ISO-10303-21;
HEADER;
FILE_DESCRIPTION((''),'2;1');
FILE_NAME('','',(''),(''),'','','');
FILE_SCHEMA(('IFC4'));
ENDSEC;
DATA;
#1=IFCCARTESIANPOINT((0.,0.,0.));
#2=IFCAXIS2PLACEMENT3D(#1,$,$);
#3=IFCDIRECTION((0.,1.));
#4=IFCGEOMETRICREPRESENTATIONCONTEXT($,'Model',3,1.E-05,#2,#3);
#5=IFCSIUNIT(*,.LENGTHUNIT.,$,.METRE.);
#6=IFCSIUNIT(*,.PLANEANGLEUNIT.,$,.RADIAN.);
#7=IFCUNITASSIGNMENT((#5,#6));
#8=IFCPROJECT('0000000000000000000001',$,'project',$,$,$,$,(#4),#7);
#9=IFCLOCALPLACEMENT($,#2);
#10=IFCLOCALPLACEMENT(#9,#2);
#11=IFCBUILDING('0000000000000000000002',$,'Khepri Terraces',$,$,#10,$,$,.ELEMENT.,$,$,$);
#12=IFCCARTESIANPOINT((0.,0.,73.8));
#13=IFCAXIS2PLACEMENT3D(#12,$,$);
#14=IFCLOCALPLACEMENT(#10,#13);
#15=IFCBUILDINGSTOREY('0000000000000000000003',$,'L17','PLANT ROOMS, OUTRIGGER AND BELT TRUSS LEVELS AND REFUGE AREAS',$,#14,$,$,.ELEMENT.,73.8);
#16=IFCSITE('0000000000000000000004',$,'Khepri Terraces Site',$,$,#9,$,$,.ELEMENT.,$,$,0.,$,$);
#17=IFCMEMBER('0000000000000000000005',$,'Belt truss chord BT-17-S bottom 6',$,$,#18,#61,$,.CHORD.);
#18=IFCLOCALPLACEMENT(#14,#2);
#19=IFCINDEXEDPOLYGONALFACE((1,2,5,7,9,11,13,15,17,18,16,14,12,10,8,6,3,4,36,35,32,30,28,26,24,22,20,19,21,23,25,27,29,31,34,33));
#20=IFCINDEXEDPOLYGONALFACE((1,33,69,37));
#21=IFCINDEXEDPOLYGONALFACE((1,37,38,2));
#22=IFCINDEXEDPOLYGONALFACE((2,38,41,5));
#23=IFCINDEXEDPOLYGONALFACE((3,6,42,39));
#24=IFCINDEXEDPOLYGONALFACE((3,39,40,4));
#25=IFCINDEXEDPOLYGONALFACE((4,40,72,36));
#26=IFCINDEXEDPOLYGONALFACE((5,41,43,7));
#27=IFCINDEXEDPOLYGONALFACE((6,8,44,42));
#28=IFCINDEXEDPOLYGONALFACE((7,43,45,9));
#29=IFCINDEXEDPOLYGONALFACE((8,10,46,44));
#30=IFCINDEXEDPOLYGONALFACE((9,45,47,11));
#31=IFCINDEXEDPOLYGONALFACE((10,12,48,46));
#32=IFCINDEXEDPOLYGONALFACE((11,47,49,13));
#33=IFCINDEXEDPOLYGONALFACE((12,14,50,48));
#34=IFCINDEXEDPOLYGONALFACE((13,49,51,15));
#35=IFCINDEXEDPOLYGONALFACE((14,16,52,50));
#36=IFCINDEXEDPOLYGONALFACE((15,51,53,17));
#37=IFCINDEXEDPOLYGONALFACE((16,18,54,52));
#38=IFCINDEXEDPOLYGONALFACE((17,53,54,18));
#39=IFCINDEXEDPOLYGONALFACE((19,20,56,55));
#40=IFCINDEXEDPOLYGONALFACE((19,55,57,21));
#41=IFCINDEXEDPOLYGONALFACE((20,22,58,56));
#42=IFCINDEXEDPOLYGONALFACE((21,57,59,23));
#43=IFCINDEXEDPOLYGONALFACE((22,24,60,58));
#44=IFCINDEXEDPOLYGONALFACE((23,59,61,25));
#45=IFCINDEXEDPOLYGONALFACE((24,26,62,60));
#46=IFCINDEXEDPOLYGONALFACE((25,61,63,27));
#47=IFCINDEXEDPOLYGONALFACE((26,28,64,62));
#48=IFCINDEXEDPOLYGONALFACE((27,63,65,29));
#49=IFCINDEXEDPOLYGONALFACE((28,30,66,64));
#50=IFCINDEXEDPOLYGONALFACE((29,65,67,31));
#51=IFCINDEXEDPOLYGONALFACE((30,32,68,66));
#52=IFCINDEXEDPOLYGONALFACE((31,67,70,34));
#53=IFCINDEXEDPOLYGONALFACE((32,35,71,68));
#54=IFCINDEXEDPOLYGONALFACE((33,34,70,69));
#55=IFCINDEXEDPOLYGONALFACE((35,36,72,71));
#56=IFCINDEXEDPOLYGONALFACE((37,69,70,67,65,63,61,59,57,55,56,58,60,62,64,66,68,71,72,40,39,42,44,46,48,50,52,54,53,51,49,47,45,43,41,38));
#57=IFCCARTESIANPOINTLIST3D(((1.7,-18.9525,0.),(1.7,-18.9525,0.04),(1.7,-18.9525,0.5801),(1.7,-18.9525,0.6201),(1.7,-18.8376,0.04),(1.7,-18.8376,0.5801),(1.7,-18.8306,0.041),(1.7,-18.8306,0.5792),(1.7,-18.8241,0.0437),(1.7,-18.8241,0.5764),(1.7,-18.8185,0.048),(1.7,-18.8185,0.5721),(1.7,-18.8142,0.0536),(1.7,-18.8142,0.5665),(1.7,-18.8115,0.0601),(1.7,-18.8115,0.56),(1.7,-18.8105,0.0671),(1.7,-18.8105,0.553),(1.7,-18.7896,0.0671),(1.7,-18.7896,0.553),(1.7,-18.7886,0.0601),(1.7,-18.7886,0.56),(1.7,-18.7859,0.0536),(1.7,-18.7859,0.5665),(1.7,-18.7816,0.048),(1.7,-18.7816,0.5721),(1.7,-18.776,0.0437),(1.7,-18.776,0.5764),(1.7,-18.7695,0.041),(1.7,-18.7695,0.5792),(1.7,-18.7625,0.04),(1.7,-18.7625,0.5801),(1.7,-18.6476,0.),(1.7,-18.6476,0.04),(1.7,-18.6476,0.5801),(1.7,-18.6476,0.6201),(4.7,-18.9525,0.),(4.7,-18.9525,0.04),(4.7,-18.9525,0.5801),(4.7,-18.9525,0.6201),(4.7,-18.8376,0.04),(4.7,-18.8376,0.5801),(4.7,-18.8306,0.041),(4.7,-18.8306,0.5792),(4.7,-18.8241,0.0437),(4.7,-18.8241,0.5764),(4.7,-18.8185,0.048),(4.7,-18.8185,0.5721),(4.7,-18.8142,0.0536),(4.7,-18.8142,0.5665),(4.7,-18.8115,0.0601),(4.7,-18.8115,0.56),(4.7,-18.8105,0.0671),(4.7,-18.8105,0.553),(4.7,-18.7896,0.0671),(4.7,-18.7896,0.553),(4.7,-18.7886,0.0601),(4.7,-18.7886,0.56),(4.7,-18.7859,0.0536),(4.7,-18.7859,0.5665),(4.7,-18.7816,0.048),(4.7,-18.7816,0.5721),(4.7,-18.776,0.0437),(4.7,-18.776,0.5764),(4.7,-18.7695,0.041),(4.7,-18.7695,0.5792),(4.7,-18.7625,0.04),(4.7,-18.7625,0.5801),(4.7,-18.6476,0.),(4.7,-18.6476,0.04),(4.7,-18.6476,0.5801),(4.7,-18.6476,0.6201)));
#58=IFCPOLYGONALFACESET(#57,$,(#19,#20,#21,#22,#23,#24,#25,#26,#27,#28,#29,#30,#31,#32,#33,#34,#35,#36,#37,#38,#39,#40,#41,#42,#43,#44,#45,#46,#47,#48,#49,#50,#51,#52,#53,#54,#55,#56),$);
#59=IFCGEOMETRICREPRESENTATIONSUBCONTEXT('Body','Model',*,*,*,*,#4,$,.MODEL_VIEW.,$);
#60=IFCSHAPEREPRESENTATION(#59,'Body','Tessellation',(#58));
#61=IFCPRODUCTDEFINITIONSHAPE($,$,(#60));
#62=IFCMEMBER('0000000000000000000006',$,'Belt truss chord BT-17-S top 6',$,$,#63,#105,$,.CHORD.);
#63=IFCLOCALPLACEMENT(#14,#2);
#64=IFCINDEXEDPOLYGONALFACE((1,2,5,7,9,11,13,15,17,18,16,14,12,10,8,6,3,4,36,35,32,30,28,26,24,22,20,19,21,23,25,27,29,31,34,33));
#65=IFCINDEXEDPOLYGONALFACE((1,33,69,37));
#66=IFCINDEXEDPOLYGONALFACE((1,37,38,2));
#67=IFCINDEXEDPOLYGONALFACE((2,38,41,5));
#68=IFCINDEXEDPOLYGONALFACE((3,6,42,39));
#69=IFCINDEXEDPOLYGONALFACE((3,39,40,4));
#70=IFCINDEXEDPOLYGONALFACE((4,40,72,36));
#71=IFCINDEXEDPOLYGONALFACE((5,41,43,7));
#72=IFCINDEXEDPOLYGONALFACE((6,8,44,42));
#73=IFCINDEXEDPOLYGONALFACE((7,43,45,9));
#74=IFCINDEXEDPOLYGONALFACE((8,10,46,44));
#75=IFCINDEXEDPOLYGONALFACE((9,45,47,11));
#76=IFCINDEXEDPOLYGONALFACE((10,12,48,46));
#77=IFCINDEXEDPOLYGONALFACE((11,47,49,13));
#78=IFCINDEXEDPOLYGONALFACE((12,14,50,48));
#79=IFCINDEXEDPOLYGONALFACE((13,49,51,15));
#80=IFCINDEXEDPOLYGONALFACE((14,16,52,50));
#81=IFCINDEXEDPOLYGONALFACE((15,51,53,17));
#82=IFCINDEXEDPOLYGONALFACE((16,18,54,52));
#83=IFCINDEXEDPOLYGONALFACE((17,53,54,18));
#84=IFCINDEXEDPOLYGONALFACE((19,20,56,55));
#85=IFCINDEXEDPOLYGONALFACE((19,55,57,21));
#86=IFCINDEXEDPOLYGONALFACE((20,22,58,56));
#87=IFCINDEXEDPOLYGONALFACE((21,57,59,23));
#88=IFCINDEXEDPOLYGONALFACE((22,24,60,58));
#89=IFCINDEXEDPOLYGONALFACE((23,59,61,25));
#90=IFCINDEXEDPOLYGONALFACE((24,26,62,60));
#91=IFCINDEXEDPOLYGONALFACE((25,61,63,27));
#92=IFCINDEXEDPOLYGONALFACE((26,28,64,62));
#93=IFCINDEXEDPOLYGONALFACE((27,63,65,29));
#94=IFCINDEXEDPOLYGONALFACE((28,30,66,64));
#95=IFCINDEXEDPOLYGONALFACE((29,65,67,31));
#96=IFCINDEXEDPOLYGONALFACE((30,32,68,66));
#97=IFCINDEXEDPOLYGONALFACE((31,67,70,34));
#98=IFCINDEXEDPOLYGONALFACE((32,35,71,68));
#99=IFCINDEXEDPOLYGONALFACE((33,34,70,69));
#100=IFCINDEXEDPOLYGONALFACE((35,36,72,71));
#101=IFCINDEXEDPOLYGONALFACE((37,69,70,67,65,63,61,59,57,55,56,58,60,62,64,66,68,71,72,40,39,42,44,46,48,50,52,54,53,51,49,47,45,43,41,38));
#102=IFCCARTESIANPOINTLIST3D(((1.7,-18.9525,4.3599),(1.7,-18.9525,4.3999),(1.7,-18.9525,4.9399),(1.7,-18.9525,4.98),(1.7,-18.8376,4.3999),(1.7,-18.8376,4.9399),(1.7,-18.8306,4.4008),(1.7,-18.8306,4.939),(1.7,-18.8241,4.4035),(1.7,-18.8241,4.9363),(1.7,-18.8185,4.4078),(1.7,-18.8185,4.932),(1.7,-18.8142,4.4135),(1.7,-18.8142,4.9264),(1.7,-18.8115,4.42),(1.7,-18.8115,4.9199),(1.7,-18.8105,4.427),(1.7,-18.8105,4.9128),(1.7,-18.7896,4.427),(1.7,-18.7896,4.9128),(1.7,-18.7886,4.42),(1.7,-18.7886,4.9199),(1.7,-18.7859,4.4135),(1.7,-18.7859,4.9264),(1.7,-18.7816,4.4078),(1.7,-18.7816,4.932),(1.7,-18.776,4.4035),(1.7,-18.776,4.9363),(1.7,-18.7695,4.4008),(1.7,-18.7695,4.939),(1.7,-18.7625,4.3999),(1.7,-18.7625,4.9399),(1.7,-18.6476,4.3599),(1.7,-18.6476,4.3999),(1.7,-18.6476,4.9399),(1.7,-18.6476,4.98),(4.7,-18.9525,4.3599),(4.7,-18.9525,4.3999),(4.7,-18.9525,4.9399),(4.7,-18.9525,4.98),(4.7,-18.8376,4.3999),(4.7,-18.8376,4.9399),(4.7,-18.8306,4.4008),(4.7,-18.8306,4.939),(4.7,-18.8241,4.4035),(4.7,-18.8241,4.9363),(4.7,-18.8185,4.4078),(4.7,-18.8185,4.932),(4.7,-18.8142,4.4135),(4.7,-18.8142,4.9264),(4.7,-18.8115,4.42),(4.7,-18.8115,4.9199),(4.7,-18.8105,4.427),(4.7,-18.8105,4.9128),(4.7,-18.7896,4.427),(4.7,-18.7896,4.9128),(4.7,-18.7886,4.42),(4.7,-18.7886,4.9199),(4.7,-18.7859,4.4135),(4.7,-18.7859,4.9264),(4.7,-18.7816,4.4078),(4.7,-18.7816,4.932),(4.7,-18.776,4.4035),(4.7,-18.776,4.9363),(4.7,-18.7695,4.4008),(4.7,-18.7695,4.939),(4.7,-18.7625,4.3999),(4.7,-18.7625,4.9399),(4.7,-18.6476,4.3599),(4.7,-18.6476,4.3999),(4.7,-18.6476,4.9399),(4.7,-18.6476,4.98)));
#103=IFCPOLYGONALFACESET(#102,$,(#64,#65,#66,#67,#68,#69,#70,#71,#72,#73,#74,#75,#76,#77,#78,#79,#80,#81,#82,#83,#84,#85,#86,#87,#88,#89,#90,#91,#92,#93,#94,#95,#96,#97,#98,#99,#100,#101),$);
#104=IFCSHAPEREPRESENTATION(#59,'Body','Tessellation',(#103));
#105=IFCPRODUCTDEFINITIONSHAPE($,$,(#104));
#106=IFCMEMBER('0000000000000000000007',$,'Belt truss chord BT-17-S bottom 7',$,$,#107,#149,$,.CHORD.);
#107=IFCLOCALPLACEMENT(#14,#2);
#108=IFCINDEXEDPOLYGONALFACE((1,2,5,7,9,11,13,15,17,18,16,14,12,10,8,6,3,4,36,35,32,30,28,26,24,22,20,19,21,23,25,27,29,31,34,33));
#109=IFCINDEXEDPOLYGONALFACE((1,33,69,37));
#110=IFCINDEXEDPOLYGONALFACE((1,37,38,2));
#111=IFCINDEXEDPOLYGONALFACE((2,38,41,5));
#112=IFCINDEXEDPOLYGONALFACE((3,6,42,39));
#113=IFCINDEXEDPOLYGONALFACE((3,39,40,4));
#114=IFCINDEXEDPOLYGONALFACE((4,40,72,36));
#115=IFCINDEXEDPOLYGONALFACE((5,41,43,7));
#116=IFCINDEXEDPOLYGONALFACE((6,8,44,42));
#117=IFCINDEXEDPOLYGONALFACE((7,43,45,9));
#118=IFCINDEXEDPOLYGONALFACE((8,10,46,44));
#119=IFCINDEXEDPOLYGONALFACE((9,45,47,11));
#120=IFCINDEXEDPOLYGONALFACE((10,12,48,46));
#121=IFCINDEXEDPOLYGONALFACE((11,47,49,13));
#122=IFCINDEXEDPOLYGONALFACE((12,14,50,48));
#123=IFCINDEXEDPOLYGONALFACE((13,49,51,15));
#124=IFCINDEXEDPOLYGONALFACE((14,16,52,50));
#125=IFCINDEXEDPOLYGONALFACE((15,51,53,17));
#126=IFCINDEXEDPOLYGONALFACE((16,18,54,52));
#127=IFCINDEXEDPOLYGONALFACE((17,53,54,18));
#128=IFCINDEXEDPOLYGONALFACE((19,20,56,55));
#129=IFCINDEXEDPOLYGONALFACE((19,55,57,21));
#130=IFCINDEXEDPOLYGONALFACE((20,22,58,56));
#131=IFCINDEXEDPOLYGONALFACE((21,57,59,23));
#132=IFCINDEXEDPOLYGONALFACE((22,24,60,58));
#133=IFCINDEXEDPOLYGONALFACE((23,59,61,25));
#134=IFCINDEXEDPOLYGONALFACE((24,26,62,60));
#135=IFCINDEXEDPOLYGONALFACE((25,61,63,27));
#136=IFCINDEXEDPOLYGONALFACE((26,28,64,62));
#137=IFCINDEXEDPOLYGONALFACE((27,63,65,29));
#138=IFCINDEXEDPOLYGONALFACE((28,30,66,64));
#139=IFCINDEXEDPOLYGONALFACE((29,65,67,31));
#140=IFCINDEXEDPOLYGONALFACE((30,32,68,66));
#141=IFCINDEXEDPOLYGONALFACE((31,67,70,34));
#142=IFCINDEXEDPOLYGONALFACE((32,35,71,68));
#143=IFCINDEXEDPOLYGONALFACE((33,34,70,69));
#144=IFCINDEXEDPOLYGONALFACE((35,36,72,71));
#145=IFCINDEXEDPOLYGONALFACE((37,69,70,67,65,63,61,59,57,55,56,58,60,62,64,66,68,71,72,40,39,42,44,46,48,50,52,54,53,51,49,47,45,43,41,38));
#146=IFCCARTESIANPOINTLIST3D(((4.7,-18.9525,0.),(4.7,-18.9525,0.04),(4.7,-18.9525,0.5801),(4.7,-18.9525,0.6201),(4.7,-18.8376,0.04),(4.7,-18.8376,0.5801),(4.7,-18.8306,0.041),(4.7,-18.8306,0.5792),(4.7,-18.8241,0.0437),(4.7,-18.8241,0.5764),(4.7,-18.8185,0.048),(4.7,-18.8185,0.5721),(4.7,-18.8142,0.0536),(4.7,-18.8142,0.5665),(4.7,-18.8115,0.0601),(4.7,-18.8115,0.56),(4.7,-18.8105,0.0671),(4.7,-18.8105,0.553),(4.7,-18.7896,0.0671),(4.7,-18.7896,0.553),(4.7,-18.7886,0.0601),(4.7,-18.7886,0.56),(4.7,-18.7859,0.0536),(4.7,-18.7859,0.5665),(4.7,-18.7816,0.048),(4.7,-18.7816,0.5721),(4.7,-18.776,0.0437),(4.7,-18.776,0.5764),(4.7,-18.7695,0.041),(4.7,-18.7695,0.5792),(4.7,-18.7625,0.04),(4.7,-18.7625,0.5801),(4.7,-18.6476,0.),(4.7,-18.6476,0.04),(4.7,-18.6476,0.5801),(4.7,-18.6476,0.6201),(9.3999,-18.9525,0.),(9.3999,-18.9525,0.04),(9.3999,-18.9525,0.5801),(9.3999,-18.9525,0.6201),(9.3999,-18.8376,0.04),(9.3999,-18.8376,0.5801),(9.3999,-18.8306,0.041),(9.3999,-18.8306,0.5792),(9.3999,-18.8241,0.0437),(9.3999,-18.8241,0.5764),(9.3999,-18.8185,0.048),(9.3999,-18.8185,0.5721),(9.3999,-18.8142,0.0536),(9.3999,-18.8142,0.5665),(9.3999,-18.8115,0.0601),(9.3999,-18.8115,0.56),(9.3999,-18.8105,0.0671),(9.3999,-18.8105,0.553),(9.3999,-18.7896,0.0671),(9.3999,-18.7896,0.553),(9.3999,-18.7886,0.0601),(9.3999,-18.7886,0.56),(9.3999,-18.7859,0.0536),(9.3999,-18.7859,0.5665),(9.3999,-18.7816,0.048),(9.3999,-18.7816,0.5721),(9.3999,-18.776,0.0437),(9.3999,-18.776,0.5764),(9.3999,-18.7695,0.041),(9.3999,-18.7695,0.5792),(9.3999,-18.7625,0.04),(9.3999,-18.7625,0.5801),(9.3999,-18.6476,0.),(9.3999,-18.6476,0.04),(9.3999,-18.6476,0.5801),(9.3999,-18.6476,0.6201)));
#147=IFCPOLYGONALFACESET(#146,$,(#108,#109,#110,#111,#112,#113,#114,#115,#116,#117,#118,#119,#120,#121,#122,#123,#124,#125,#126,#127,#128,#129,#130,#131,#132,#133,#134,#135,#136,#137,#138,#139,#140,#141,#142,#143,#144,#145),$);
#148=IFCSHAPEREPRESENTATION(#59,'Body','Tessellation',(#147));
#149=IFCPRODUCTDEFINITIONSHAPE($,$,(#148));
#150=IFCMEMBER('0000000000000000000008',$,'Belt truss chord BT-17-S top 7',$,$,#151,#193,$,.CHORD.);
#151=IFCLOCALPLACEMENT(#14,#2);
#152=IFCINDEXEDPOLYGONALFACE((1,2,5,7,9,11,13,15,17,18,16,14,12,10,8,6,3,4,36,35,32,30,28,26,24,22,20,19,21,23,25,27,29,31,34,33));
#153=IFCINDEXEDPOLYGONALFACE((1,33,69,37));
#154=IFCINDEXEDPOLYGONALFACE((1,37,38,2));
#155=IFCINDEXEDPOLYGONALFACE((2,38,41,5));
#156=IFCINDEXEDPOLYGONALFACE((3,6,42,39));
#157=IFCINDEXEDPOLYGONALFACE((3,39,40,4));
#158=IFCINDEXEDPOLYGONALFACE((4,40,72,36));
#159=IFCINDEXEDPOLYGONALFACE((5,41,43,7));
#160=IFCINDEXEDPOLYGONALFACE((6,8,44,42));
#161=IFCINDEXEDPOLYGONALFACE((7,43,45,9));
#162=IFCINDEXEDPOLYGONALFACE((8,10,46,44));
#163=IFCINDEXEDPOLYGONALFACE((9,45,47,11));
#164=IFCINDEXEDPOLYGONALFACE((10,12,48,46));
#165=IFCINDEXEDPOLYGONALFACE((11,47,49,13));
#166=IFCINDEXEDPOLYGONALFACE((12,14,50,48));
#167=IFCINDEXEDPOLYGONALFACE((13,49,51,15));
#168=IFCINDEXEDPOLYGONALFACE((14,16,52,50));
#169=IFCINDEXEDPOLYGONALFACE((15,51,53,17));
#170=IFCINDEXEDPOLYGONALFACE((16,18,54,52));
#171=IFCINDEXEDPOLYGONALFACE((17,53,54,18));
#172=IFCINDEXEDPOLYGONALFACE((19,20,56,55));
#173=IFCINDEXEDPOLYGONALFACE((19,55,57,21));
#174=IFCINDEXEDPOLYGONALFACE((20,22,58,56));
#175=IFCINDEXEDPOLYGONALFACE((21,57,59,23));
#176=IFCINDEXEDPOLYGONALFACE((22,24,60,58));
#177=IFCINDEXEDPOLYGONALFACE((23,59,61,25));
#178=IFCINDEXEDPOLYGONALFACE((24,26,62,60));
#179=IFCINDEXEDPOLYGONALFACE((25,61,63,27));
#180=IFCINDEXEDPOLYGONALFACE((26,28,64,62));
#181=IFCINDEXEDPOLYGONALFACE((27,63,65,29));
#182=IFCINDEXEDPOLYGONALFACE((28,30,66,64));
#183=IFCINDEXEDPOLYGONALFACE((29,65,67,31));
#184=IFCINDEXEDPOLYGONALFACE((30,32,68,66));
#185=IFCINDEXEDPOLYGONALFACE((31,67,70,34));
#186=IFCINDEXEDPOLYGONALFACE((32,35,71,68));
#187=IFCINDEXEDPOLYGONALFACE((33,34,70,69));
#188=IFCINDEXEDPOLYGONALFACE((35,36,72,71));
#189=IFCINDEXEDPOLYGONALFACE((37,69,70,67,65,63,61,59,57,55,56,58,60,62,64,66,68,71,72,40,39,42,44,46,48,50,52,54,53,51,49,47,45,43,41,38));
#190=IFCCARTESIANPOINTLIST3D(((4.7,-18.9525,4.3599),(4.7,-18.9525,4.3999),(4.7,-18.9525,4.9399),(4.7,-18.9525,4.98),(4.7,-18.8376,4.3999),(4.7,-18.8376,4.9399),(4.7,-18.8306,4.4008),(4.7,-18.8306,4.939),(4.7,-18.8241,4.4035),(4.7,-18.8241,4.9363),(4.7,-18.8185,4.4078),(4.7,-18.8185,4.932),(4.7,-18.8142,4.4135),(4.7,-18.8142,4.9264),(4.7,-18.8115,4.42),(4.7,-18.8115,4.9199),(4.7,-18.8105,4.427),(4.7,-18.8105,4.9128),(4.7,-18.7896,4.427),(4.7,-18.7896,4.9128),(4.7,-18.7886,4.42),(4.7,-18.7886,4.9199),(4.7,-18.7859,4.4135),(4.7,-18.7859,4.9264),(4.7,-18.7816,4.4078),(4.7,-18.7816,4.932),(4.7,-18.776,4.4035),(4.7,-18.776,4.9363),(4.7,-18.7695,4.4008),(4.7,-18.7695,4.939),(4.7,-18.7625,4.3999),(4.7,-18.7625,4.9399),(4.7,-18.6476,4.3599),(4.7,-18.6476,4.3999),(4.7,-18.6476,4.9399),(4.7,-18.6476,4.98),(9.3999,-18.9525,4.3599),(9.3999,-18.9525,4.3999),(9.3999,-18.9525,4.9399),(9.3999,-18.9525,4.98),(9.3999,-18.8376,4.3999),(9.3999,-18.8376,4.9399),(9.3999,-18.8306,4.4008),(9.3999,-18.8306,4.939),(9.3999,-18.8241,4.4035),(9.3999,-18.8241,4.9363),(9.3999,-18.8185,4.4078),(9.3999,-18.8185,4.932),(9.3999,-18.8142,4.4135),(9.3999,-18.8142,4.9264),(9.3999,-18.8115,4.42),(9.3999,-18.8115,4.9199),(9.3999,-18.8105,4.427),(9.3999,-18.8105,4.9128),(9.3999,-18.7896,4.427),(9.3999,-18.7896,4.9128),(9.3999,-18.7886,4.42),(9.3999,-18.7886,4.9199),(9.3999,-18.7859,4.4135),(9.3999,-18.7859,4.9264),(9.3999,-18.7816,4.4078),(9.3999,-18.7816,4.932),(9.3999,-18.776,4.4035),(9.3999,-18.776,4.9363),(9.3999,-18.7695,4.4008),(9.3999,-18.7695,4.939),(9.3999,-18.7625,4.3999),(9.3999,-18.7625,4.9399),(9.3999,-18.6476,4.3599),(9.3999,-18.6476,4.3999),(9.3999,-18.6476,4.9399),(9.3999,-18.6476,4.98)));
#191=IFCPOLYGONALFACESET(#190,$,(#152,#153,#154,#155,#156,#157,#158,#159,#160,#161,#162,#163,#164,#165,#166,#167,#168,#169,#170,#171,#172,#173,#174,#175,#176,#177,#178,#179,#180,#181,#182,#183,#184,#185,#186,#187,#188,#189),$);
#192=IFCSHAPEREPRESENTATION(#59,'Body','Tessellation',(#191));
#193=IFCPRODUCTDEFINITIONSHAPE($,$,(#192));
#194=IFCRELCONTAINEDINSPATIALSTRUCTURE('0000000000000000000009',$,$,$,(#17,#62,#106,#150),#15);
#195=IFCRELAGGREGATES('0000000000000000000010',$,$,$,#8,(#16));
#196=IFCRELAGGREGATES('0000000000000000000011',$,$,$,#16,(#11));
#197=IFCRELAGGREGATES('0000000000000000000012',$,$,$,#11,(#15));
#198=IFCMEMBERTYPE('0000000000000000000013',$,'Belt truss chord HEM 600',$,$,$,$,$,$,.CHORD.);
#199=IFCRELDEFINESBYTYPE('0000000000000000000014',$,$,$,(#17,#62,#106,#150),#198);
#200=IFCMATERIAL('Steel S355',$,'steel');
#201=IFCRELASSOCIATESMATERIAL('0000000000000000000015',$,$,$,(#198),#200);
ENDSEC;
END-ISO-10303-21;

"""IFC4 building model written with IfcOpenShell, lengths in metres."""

from ifc_helpers import new_model, si_unit, direction, frame, origin, origin_2d, place, context, subcontext, project, spatial, i_section, extrude, material, material_profile, profile_set, type_object, element, save


model = new_model("IFC4")

# Units and contexts
model_context = context("Model", 3, precision=1e-05, world=origin(), true_north=direction((0.0, 1.0)))
body_context = subcontext(model_context, "Body", "Model", "MODEL_VIEW")
ifc_project = project(units=[si_unit("LENGTHUNIT", "METRE"), si_unit("PLANEANGLEUNIT", "RADIAN")], contexts=[model_context])

# Site, building, storey
site_placement = place(None, origin())
site = spatial("IfcSite", under=ifc_project, at=site_placement, Name="Khepri Terraces Site", CompositionType="ELEMENT", RefElevation=0.0)
building_placement = place(site_placement, origin())
building = spatial("IfcBuilding", under=site, at=building_placement, Name="Khepri Terraces", CompositionType="ELEMENT")
storey_placement = place(building_placement, frame((0.0, 0.0, 73.8)))
storey = spatial("IfcBuildingStorey", under=building, at=storey_placement, Name="L17", Description="PLANT ROOMS, OUTRIGGER AND BELT TRUSS LEVELS AND REFUGE AREAS", CompositionType="ELEMENT", Elevation=73.8)

# Members
ifc_material_1 = material(Name="Steel S355", Category="steel")
ifc_material_profile_1 = material_profile(ifc_material_1, i_section(OverallWidth=0.3049, OverallDepth=0.6201, WebThickness=0.021, FlangeThickness=0.04, FilletRadius=0.0271, at=origin_2d()), Name="Steel S355", Category="steel")
ifc_profile_set_1 = profile_set([ifc_material_profile_1], Name="Steel S355")
member_type_1 = type_object("IfcMemberType", Name="Belt truss chord HEM 600", PredefinedType="CHORD", material=ifc_profile_set_1)
for number, where, z_axis, x_axis, name in (
    (1, (1.7, -18.8, 0.3101), (1.0, 0.0, 0.0), (0.0, 1.0, 0.0), "Belt truss chord BT-17-S bottom 6"),
    (2, (1.7, -18.8, 4.6699), (1.0, 0.0, 0.0), (0.0, 1.0, 0.0), "Belt truss chord BT-17-S top 6"),
):
    element("IfcMember", number, at=place(storey_placement, frame(where, z_axis=z_axis, x_axis=x_axis)), inside=storey, type_object=member_type_1, Name=name, PredefinedType="CHORD", context=body_context, shape_type="SweptSolid", body=[
        extrude(i_section(OverallWidth=0.3049, OverallDepth=0.6201, WebThickness=0.021, FlangeThickness=0.04, FilletRadius=0.0271, at=origin_2d()), origin(), (0.0, 0.0, 1.0), 3.0),
    ])
for number, where, z_axis, x_axis, name in (
    (3, (4.7, -18.8, 0.3101), (1.0, 0.0, 0.0), (0.0, 1.0, 0.0), "Belt truss chord BT-17-S bottom 7"),
    (4, (4.7, -18.8, 4.6699), (1.0, 0.0, 0.0), (0.0, 1.0, 0.0), "Belt truss chord BT-17-S top 7"),
):
    element("IfcMember", number, at=place(storey_placement, frame(where, z_axis=z_axis, x_axis=x_axis)), inside=storey, type_object=member_type_1, Name=name, PredefinedType="CHORD", context=body_context, shape_type="SweptSolid", body=[
        extrude(i_section(OverallWidth=0.3049, OverallDepth=0.6201, WebThickness=0.021, FlangeThickness=0.04, FilletRadius=0.0271, at=origin_2d()), origin(), (0.0, 0.0, 1.0), 4.7),
    ])

save(model, "model.ifc")
